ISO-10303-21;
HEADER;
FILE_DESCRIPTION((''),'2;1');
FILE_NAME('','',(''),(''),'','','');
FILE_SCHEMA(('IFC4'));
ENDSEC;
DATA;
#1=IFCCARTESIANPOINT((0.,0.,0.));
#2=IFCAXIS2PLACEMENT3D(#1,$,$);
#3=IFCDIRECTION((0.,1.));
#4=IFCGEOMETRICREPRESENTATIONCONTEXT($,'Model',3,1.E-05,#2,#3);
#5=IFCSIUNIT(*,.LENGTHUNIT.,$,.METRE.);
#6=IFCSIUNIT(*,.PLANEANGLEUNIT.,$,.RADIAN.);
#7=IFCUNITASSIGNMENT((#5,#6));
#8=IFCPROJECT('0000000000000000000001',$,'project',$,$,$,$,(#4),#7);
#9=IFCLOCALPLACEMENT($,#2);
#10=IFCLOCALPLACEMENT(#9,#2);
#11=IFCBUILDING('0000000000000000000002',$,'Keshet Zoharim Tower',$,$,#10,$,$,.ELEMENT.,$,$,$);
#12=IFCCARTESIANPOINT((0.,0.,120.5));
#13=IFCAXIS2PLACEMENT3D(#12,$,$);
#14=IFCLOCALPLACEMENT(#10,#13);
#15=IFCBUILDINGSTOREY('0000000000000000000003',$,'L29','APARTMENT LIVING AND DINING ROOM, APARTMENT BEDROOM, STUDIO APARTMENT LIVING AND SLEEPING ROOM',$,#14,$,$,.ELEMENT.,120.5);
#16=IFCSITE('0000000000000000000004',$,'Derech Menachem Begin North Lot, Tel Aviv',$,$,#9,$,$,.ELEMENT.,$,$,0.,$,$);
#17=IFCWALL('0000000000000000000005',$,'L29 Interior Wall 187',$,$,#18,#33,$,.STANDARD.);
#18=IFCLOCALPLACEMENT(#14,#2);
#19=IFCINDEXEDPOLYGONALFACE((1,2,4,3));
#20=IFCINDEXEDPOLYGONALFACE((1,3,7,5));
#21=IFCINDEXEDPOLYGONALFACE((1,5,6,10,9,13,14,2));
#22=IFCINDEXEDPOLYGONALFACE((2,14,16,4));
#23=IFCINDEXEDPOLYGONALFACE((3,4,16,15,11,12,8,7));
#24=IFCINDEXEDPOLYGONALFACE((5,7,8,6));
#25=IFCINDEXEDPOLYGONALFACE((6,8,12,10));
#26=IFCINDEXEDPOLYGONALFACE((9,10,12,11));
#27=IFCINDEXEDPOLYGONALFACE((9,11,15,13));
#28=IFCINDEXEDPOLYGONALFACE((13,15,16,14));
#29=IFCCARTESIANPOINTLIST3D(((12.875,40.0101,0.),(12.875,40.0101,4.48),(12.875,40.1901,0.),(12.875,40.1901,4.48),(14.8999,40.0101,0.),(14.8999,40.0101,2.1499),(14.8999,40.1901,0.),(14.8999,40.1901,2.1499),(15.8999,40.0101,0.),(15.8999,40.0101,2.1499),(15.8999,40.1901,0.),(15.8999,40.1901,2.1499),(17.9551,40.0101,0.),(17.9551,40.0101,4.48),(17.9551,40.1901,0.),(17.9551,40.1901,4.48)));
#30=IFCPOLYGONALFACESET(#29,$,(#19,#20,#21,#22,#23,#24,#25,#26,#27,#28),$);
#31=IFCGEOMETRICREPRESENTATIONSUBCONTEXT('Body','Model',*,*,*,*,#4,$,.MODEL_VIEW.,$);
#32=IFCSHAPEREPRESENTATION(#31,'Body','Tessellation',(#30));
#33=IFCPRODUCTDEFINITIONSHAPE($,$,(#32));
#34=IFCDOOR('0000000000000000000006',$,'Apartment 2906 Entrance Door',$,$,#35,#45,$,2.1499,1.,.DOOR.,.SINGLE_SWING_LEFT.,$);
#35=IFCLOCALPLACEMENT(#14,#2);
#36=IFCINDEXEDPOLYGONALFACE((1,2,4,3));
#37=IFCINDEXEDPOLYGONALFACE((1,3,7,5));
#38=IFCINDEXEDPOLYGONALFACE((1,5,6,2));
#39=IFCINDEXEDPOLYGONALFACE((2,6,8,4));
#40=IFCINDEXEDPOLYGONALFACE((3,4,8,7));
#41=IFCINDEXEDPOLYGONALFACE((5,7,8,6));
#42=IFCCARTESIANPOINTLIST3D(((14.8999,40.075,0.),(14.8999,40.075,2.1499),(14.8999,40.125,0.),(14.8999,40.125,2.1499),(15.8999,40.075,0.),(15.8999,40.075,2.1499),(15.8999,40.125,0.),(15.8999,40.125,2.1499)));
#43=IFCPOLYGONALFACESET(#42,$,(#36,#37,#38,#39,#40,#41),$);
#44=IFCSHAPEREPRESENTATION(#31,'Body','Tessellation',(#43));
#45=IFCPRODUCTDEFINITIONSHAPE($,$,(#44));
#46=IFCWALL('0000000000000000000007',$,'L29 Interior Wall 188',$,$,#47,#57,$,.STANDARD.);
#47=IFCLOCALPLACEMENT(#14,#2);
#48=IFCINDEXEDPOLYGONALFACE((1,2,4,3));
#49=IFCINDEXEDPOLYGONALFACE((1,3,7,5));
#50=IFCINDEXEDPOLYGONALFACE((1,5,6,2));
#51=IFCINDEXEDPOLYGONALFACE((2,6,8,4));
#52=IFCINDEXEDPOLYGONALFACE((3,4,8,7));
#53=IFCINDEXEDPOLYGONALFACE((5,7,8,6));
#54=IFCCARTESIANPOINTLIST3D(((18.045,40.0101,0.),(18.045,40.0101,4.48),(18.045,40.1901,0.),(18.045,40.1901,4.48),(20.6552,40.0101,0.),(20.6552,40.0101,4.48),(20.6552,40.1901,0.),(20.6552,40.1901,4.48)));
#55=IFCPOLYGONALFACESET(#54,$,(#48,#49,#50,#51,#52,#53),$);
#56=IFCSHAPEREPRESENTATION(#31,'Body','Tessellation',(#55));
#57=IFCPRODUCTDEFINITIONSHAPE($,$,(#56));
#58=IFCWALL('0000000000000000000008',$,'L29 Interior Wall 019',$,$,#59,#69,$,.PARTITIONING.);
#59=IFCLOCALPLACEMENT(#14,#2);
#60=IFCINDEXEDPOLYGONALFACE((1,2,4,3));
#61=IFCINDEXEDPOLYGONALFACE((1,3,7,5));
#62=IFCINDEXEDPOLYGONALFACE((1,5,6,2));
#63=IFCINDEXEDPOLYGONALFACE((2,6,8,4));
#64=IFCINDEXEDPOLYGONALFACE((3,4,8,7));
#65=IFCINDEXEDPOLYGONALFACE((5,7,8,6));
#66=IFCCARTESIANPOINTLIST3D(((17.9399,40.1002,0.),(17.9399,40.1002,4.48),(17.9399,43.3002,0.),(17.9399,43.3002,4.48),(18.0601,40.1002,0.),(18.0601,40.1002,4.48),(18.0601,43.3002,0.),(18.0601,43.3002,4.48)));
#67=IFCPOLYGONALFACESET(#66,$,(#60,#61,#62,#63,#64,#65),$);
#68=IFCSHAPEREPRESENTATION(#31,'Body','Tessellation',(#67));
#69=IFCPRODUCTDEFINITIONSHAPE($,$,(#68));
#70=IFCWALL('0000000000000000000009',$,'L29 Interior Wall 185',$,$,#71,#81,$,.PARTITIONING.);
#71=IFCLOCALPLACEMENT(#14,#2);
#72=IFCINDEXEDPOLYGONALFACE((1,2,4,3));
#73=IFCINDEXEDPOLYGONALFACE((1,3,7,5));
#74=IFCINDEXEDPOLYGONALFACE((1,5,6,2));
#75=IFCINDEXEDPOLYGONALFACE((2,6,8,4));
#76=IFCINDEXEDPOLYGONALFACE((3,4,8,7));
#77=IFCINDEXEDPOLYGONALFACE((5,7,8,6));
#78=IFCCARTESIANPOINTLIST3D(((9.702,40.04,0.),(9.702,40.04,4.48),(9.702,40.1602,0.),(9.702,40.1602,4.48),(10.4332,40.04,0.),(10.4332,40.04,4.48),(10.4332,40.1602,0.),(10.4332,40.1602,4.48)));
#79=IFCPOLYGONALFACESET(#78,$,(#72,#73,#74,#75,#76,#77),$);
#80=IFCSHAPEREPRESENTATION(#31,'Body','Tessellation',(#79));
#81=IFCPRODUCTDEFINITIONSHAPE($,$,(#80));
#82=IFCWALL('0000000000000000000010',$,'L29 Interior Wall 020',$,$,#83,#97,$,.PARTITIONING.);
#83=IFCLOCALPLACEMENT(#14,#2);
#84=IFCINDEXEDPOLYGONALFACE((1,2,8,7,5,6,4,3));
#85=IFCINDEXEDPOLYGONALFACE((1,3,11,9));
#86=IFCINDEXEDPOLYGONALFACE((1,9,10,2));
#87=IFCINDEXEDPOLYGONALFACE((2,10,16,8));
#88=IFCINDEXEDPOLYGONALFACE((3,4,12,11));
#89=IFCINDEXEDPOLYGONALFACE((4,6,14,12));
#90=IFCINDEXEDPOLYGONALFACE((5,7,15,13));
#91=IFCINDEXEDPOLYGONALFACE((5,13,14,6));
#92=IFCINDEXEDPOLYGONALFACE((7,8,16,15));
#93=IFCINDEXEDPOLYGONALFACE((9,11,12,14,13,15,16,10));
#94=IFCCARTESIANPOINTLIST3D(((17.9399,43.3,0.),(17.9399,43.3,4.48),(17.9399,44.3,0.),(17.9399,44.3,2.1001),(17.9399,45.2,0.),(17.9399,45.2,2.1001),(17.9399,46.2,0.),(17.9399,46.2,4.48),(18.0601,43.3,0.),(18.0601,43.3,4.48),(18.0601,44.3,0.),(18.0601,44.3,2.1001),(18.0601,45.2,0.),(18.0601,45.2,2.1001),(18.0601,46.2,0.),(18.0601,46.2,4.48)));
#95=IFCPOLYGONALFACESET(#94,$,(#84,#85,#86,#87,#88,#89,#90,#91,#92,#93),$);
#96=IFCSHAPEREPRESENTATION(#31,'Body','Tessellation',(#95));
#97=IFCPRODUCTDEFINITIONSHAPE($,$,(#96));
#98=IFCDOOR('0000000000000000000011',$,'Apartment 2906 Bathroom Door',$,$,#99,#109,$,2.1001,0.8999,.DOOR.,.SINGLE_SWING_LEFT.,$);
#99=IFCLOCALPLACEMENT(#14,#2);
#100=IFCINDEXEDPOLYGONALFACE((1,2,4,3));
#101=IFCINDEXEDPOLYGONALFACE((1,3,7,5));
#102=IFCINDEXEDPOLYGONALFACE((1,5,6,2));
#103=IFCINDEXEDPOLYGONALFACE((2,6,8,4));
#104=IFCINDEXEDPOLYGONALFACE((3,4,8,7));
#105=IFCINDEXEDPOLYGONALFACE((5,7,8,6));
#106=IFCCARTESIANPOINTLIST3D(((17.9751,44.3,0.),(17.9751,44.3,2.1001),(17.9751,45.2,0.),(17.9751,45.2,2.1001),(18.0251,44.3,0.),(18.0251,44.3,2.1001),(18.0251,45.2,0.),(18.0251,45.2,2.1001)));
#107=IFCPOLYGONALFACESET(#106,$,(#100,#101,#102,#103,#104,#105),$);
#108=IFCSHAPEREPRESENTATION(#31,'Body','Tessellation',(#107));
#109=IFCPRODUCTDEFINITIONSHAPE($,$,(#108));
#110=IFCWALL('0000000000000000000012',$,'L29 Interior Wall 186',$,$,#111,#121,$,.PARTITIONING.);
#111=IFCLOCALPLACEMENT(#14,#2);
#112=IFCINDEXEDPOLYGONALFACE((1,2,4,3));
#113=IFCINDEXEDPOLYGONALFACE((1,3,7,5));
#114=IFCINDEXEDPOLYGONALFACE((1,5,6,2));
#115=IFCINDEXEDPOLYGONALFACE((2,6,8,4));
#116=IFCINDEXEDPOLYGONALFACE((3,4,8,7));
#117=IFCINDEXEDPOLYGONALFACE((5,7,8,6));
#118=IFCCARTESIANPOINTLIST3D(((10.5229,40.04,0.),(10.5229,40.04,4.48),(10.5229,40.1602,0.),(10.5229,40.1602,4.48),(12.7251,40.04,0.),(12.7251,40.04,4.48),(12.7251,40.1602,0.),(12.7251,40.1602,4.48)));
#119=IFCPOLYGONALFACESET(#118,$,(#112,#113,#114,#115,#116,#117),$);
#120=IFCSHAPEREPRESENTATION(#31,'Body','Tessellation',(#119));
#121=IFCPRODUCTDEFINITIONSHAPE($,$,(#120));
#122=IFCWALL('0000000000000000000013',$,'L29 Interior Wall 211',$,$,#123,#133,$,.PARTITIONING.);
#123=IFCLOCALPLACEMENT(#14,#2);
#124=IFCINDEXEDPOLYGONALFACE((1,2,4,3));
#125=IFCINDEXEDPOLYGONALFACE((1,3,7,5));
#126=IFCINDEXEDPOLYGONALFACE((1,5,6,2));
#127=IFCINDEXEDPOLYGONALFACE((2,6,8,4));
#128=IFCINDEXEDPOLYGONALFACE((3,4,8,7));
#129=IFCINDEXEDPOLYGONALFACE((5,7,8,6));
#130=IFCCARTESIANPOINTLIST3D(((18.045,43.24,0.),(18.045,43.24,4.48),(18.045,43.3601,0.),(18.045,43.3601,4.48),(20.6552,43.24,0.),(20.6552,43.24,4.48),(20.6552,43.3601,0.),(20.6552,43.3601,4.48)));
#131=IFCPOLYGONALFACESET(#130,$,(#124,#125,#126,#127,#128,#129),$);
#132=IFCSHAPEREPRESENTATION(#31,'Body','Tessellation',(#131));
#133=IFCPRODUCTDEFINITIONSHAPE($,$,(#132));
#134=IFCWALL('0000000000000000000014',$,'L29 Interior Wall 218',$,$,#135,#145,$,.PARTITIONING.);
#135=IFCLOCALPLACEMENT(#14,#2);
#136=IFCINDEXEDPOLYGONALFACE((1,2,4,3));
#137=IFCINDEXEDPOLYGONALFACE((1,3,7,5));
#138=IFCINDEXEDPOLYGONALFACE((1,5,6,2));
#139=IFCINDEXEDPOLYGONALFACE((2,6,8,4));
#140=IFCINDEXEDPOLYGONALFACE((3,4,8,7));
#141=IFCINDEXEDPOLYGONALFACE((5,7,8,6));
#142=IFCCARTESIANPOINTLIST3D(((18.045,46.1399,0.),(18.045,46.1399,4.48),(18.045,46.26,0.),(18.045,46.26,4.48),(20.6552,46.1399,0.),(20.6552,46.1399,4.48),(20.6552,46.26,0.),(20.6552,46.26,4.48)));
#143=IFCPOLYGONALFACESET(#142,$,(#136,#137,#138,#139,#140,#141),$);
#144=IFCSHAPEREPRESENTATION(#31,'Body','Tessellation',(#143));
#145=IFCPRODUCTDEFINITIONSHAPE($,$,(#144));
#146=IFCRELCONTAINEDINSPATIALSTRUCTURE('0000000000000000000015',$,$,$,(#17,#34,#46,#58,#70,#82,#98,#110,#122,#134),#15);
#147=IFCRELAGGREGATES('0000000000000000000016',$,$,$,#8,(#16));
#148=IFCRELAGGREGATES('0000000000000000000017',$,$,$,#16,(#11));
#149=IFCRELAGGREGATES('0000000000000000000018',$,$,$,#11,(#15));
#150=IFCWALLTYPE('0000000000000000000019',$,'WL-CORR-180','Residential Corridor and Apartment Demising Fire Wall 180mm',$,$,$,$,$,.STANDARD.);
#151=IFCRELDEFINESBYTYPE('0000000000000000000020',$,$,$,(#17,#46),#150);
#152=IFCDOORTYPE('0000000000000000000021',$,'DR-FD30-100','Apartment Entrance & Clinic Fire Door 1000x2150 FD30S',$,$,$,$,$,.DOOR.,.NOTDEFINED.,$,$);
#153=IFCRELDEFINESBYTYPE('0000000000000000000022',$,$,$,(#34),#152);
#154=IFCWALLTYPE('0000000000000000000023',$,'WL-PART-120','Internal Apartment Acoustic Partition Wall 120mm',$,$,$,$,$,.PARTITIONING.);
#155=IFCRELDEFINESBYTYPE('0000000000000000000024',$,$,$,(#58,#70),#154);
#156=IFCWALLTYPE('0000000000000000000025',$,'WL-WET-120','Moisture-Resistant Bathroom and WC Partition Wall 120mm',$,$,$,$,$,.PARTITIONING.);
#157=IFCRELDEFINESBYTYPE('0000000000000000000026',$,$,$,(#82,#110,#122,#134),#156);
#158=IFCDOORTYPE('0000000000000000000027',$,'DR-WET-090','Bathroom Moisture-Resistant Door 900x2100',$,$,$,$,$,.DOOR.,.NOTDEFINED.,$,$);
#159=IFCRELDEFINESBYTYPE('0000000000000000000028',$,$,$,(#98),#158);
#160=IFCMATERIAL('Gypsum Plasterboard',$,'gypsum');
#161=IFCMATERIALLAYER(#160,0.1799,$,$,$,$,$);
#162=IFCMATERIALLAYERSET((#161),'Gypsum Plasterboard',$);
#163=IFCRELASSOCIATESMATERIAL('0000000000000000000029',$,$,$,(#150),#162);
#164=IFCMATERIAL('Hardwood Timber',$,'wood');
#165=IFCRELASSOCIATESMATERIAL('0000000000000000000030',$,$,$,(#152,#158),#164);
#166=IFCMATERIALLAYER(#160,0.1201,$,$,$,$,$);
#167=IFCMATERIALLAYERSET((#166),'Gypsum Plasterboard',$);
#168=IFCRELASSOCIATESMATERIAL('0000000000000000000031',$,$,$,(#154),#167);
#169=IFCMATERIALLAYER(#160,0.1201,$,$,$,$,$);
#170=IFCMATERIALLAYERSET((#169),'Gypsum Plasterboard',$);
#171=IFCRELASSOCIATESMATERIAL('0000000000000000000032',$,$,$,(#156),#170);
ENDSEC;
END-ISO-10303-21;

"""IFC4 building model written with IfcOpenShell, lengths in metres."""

from ifc_helpers import new_model, si_unit, direction, frame, frame_2d, origin, place, context, subcontext, project, spatial, rectangle, extrude, material, layer, layer_set, type_object, element, fill, save


model = new_model("IFC4")

# Units and contexts
model_context = context("Model", 3, precision=1e-05, world=origin(), true_north=direction((0.0, 1.0)))
body_context = subcontext(model_context, "Body", "Model", "MODEL_VIEW")
ifc_project = project(units=[si_unit("LENGTHUNIT", "METRE"), si_unit("PLANEANGLEUNIT", "RADIAN")], contexts=[model_context])

# Site, building, storey
site_placement = place(None, origin())
site = spatial("IfcSite", under=ifc_project, at=site_placement, Name="Derech Menachem Begin North Lot, Tel Aviv", CompositionType="ELEMENT", RefElevation=0.0)
building_placement = place(site_placement, origin())
building = spatial("IfcBuilding", under=site, at=building_placement, Name="Keshet Zoharim Tower", CompositionType="ELEMENT")
storey_placement = place(building_placement, frame((0.0, 0.0, 120.5)))
storey = spatial("IfcBuildingStorey", under=building, at=storey_placement, Name="L29", Description="APARTMENT LIVING AND DINING ROOM, APARTMENT BEDROOM, STUDIO APARTMENT LIVING AND SLEEPING ROOM", CompositionType="ELEMENT", Elevation=120.5)

# Wall, opening, door
ifc_material_1 = material(Name="Gypsum Plasterboard", Category="gypsum")
ifc_layer_1 = layer(ifc_material_1, 0.1799)
ifc_layer_set_1 = layer_set([ifc_layer_1], Name="Gypsum Plasterboard")
wall_type_1 = type_object("IfcWallType", Name="WL-CORR-180", Description="Residential Corridor and Apartment Demising Fire Wall 180mm", PredefinedType="STANDARD", material=ifc_layer_set_1)
wall_1_placement = place(storey_placement, frame((12.875, 40.1001, 0.0), z_axis=(0.0, 0.0, 1.0), x_axis=(1.0, 0.0, 0.0)))
wall_1 = element("IfcWall", 1, at=wall_1_placement, inside=storey, type_object=wall_type_1, Name="L29 Interior Wall 187", PredefinedType="STANDARD", context=body_context, shape_type="SweptSolid", body=[
    extrude(rectangle(XDim=5.0801, YDim=0.1799, at=frame_2d((2.54, 0.0))), origin(), (0.0, 0.0, 1.0), 4.48),
])
opening_1_placement = place(wall_1_placement, frame((2.0249, 0.0, 0.0)))
opening_1 = element("IfcOpeningElement", 2, at=opening_1_placement, cuts=wall_1, PredefinedType="OPENING", context=body_context, shape_type="SweptSolid", body=[
    extrude(rectangle(XDim=1.0, YDim=2.1499, at=frame_2d((0.5, 1.075))), frame((0.0, 0.1001, 0.0), z_axis=(0.0, -1.0, 0.0), x_axis=(1.0, 0.0, 0.0)), (0.0, 0.0, 1.0), 0.2),
])
ifc_material_2 = material(Name="Hardwood Timber", Category="wood")
door_type_1 = type_object("IfcDoorType", Name="DR-FD30-100", Description="Apartment Entrance & Clinic Fire Door 1000x2150 FD30S", OperationType="NOTDEFINED", PredefinedType="DOOR", material=ifc_material_2)
door_1_placement = place(opening_1_placement, origin())
door_1 = element("IfcDoor", 3, at=door_1_placement, inside=storey, type_object=door_type_1, Name="Apartment 2906 Entrance Door", OperationType="SINGLE_SWING_LEFT", OverallHeight=2.1499, OverallWidth=1.0, PredefinedType="DOOR", context=body_context, shape_type="SweptSolid", body=[
    extrude(rectangle(XDim=1.0, YDim=2.1499, at=frame_2d((0.5, 1.075))), frame((0.0, 0.0249, 0.0), z_axis=(0.0, -1.0, 0.0), x_axis=(1.0, 0.0, 0.0)), (0.0, 0.0, 1.0), 0.05),
])
fill(opening_1, door_1)

# Walls
wall_2_placement = place(storey_placement, frame((18.0449, 40.1001, 0.0), z_axis=(0.0, 0.0, 1.0), x_axis=(1.0, 0.0, 0.0)))
element("IfcWall", 4, at=wall_2_placement, inside=storey, type_object=wall_type_1, Name="L29 Interior Wall 188", PredefinedType="STANDARD", context=body_context, shape_type="SweptSolid", body=[
    extrude(rectangle(XDim=2.6101, YDim=0.1799, at=frame_2d((1.3052, 0.0))), origin(), (0.0, 0.0, 1.0), 4.48),
])
ifc_layer_2 = layer(ifc_material_1, 0.1201)
ifc_layer_set_2 = layer_set([ifc_layer_2], Name="Gypsum Plasterboard")
wall_type_2 = type_object("IfcWallType", Name="WL-PART-120", Description="Internal Apartment Acoustic Partition Wall 120mm", PredefinedType="PARTITIONING", material=ifc_layer_set_2)
wall_3_placement = place(storey_placement, frame((18.0, 40.1001, 0.0), z_axis=(0.0, 0.0, 1.0), x_axis=(0.0, 1.0, 0.0)))
element("IfcWall", 5, at=wall_3_placement, inside=storey, type_object=wall_type_2, Name="L29 Interior Wall 019", PredefinedType="PARTITIONING", context=body_context, shape_type="SweptSolid", body=[
    extrude(rectangle(XDim=3.2, YDim=0.1201, at=frame_2d((1.6001, 0.0))), origin(), (0.0, 0.0, 1.0), 4.48),
])
wall_4_placement = place(storey_placement, frame((9.7019, 40.1001, 0.0), z_axis=(0.0, 0.0, 1.0), x_axis=(1.0, 0.0, 0.0)))
element("IfcWall", 6, at=wall_4_placement, inside=storey, type_object=wall_type_2, Name="L29 Interior Wall 185", PredefinedType="PARTITIONING", context=body_context, shape_type="SweptSolid", body=[
    extrude(rectangle(XDim=0.7312, YDim=0.1201, at=frame_2d((0.3657, 0.0))), origin(), (0.0, 0.0, 1.0), 4.48),
])

# Wall, opening, door
ifc_layer_3 = layer(ifc_material_1, 0.1201)
ifc_layer_set_3 = layer_set([ifc_layer_3], Name="Gypsum Plasterboard")
wall_type_3 = type_object("IfcWallType", Name="WL-WET-120", Description="Moisture-Resistant Bathroom and WC Partition Wall 120mm", PredefinedType="PARTITIONING", material=ifc_layer_set_3)
wall_5_placement = place(storey_placement, frame((18.0, 43.3, 0.0), z_axis=(0.0, 0.0, 1.0), x_axis=(0.0, 1.0, 0.0)))
wall_5 = element("IfcWall", 7, at=wall_5_placement, inside=storey, type_object=wall_type_3, Name="L29 Interior Wall 020", PredefinedType="PARTITIONING", context=body_context, shape_type="SweptSolid", body=[
    extrude(rectangle(XDim=2.8999, YDim=0.1201, at=frame_2d((1.45, 0.0))), origin(), (0.0, 0.0, 1.0), 4.48),
])
opening_2_placement = place(wall_5_placement, frame((1.0, 0.0, 0.0)))
opening_2 = element("IfcOpeningElement", 8, at=opening_2_placement, cuts=wall_5, PredefinedType="OPENING", context=body_context, shape_type="SweptSolid", body=[
    extrude(rectangle(XDim=0.8999, YDim=2.1001, at=frame_2d((0.45, 1.05))), frame((0.0, 0.0701, 0.0), z_axis=(0.0, -1.0, 0.0), x_axis=(1.0, 0.0, 0.0)), (0.0, 0.0, 1.0), 0.1401),
])
door_type_2 = type_object("IfcDoorType", Name="DR-WET-090", Description="Bathroom Moisture-Resistant Door 900x2100", OperationType="NOTDEFINED", PredefinedType="DOOR", material=ifc_material_2)
door_2_placement = place(opening_2_placement, origin())
door_2 = element("IfcDoor", 9, at=door_2_placement, inside=storey, type_object=door_type_2, Name="Apartment 2906 Bathroom Door", OperationType="SINGLE_SWING_LEFT", OverallHeight=2.1001, OverallWidth=0.8999, PredefinedType="DOOR", context=body_context, shape_type="SweptSolid", body=[
    extrude(rectangle(XDim=0.8999, YDim=2.1001, at=frame_2d((0.45, 1.05))), frame((0.0, 0.0249, 0.0), z_axis=(0.0, -1.0, 0.0), x_axis=(1.0, 0.0, 0.0)), (0.0, 0.0, 1.0), 0.05),
])
fill(opening_2, door_2)

# Walls
wall_6_placement = place(storey_placement, frame((10.5229, 40.1001, 0.0), z_axis=(0.0, 0.0, 1.0), x_axis=(1.0, 0.0, 0.0)))
element("IfcWall", 10, at=wall_6_placement, inside=storey, type_object=wall_type_3, Name="L29 Interior Wall 186", PredefinedType="PARTITIONING", context=body_context, shape_type="SweptSolid", body=[
    extrude(rectangle(XDim=2.2021, YDim=0.1201, at=frame_2d((1.1011, 0.0))), origin(), (0.0, 0.0, 1.0), 4.48),
])
for number, where, z_axis, x_axis, name in (
    (11, (18.0449, 43.3, 0.0), (0.0, 0.0, 1.0), (1.0, 0.0, 0.0), "L29 Interior Wall 211"),
    (12, (18.0449, 46.2, 0.0), (0.0, 0.0, 1.0), (1.0, 0.0, 0.0), "L29 Interior Wall 218"),
):
    element("IfcWall", number, at=place(storey_placement, frame(where, z_axis=z_axis, x_axis=x_axis)), inside=storey, type_object=wall_type_3, Name=name, PredefinedType="PARTITIONING", context=body_context, shape_type="SweptSolid", body=[
        extrude(rectangle(XDim=2.6101, YDim=0.1201, at=frame_2d((1.3052, 0.0))), origin(), (0.0, 0.0, 1.0), 4.48),
    ])

save(model, "model.ifc")
